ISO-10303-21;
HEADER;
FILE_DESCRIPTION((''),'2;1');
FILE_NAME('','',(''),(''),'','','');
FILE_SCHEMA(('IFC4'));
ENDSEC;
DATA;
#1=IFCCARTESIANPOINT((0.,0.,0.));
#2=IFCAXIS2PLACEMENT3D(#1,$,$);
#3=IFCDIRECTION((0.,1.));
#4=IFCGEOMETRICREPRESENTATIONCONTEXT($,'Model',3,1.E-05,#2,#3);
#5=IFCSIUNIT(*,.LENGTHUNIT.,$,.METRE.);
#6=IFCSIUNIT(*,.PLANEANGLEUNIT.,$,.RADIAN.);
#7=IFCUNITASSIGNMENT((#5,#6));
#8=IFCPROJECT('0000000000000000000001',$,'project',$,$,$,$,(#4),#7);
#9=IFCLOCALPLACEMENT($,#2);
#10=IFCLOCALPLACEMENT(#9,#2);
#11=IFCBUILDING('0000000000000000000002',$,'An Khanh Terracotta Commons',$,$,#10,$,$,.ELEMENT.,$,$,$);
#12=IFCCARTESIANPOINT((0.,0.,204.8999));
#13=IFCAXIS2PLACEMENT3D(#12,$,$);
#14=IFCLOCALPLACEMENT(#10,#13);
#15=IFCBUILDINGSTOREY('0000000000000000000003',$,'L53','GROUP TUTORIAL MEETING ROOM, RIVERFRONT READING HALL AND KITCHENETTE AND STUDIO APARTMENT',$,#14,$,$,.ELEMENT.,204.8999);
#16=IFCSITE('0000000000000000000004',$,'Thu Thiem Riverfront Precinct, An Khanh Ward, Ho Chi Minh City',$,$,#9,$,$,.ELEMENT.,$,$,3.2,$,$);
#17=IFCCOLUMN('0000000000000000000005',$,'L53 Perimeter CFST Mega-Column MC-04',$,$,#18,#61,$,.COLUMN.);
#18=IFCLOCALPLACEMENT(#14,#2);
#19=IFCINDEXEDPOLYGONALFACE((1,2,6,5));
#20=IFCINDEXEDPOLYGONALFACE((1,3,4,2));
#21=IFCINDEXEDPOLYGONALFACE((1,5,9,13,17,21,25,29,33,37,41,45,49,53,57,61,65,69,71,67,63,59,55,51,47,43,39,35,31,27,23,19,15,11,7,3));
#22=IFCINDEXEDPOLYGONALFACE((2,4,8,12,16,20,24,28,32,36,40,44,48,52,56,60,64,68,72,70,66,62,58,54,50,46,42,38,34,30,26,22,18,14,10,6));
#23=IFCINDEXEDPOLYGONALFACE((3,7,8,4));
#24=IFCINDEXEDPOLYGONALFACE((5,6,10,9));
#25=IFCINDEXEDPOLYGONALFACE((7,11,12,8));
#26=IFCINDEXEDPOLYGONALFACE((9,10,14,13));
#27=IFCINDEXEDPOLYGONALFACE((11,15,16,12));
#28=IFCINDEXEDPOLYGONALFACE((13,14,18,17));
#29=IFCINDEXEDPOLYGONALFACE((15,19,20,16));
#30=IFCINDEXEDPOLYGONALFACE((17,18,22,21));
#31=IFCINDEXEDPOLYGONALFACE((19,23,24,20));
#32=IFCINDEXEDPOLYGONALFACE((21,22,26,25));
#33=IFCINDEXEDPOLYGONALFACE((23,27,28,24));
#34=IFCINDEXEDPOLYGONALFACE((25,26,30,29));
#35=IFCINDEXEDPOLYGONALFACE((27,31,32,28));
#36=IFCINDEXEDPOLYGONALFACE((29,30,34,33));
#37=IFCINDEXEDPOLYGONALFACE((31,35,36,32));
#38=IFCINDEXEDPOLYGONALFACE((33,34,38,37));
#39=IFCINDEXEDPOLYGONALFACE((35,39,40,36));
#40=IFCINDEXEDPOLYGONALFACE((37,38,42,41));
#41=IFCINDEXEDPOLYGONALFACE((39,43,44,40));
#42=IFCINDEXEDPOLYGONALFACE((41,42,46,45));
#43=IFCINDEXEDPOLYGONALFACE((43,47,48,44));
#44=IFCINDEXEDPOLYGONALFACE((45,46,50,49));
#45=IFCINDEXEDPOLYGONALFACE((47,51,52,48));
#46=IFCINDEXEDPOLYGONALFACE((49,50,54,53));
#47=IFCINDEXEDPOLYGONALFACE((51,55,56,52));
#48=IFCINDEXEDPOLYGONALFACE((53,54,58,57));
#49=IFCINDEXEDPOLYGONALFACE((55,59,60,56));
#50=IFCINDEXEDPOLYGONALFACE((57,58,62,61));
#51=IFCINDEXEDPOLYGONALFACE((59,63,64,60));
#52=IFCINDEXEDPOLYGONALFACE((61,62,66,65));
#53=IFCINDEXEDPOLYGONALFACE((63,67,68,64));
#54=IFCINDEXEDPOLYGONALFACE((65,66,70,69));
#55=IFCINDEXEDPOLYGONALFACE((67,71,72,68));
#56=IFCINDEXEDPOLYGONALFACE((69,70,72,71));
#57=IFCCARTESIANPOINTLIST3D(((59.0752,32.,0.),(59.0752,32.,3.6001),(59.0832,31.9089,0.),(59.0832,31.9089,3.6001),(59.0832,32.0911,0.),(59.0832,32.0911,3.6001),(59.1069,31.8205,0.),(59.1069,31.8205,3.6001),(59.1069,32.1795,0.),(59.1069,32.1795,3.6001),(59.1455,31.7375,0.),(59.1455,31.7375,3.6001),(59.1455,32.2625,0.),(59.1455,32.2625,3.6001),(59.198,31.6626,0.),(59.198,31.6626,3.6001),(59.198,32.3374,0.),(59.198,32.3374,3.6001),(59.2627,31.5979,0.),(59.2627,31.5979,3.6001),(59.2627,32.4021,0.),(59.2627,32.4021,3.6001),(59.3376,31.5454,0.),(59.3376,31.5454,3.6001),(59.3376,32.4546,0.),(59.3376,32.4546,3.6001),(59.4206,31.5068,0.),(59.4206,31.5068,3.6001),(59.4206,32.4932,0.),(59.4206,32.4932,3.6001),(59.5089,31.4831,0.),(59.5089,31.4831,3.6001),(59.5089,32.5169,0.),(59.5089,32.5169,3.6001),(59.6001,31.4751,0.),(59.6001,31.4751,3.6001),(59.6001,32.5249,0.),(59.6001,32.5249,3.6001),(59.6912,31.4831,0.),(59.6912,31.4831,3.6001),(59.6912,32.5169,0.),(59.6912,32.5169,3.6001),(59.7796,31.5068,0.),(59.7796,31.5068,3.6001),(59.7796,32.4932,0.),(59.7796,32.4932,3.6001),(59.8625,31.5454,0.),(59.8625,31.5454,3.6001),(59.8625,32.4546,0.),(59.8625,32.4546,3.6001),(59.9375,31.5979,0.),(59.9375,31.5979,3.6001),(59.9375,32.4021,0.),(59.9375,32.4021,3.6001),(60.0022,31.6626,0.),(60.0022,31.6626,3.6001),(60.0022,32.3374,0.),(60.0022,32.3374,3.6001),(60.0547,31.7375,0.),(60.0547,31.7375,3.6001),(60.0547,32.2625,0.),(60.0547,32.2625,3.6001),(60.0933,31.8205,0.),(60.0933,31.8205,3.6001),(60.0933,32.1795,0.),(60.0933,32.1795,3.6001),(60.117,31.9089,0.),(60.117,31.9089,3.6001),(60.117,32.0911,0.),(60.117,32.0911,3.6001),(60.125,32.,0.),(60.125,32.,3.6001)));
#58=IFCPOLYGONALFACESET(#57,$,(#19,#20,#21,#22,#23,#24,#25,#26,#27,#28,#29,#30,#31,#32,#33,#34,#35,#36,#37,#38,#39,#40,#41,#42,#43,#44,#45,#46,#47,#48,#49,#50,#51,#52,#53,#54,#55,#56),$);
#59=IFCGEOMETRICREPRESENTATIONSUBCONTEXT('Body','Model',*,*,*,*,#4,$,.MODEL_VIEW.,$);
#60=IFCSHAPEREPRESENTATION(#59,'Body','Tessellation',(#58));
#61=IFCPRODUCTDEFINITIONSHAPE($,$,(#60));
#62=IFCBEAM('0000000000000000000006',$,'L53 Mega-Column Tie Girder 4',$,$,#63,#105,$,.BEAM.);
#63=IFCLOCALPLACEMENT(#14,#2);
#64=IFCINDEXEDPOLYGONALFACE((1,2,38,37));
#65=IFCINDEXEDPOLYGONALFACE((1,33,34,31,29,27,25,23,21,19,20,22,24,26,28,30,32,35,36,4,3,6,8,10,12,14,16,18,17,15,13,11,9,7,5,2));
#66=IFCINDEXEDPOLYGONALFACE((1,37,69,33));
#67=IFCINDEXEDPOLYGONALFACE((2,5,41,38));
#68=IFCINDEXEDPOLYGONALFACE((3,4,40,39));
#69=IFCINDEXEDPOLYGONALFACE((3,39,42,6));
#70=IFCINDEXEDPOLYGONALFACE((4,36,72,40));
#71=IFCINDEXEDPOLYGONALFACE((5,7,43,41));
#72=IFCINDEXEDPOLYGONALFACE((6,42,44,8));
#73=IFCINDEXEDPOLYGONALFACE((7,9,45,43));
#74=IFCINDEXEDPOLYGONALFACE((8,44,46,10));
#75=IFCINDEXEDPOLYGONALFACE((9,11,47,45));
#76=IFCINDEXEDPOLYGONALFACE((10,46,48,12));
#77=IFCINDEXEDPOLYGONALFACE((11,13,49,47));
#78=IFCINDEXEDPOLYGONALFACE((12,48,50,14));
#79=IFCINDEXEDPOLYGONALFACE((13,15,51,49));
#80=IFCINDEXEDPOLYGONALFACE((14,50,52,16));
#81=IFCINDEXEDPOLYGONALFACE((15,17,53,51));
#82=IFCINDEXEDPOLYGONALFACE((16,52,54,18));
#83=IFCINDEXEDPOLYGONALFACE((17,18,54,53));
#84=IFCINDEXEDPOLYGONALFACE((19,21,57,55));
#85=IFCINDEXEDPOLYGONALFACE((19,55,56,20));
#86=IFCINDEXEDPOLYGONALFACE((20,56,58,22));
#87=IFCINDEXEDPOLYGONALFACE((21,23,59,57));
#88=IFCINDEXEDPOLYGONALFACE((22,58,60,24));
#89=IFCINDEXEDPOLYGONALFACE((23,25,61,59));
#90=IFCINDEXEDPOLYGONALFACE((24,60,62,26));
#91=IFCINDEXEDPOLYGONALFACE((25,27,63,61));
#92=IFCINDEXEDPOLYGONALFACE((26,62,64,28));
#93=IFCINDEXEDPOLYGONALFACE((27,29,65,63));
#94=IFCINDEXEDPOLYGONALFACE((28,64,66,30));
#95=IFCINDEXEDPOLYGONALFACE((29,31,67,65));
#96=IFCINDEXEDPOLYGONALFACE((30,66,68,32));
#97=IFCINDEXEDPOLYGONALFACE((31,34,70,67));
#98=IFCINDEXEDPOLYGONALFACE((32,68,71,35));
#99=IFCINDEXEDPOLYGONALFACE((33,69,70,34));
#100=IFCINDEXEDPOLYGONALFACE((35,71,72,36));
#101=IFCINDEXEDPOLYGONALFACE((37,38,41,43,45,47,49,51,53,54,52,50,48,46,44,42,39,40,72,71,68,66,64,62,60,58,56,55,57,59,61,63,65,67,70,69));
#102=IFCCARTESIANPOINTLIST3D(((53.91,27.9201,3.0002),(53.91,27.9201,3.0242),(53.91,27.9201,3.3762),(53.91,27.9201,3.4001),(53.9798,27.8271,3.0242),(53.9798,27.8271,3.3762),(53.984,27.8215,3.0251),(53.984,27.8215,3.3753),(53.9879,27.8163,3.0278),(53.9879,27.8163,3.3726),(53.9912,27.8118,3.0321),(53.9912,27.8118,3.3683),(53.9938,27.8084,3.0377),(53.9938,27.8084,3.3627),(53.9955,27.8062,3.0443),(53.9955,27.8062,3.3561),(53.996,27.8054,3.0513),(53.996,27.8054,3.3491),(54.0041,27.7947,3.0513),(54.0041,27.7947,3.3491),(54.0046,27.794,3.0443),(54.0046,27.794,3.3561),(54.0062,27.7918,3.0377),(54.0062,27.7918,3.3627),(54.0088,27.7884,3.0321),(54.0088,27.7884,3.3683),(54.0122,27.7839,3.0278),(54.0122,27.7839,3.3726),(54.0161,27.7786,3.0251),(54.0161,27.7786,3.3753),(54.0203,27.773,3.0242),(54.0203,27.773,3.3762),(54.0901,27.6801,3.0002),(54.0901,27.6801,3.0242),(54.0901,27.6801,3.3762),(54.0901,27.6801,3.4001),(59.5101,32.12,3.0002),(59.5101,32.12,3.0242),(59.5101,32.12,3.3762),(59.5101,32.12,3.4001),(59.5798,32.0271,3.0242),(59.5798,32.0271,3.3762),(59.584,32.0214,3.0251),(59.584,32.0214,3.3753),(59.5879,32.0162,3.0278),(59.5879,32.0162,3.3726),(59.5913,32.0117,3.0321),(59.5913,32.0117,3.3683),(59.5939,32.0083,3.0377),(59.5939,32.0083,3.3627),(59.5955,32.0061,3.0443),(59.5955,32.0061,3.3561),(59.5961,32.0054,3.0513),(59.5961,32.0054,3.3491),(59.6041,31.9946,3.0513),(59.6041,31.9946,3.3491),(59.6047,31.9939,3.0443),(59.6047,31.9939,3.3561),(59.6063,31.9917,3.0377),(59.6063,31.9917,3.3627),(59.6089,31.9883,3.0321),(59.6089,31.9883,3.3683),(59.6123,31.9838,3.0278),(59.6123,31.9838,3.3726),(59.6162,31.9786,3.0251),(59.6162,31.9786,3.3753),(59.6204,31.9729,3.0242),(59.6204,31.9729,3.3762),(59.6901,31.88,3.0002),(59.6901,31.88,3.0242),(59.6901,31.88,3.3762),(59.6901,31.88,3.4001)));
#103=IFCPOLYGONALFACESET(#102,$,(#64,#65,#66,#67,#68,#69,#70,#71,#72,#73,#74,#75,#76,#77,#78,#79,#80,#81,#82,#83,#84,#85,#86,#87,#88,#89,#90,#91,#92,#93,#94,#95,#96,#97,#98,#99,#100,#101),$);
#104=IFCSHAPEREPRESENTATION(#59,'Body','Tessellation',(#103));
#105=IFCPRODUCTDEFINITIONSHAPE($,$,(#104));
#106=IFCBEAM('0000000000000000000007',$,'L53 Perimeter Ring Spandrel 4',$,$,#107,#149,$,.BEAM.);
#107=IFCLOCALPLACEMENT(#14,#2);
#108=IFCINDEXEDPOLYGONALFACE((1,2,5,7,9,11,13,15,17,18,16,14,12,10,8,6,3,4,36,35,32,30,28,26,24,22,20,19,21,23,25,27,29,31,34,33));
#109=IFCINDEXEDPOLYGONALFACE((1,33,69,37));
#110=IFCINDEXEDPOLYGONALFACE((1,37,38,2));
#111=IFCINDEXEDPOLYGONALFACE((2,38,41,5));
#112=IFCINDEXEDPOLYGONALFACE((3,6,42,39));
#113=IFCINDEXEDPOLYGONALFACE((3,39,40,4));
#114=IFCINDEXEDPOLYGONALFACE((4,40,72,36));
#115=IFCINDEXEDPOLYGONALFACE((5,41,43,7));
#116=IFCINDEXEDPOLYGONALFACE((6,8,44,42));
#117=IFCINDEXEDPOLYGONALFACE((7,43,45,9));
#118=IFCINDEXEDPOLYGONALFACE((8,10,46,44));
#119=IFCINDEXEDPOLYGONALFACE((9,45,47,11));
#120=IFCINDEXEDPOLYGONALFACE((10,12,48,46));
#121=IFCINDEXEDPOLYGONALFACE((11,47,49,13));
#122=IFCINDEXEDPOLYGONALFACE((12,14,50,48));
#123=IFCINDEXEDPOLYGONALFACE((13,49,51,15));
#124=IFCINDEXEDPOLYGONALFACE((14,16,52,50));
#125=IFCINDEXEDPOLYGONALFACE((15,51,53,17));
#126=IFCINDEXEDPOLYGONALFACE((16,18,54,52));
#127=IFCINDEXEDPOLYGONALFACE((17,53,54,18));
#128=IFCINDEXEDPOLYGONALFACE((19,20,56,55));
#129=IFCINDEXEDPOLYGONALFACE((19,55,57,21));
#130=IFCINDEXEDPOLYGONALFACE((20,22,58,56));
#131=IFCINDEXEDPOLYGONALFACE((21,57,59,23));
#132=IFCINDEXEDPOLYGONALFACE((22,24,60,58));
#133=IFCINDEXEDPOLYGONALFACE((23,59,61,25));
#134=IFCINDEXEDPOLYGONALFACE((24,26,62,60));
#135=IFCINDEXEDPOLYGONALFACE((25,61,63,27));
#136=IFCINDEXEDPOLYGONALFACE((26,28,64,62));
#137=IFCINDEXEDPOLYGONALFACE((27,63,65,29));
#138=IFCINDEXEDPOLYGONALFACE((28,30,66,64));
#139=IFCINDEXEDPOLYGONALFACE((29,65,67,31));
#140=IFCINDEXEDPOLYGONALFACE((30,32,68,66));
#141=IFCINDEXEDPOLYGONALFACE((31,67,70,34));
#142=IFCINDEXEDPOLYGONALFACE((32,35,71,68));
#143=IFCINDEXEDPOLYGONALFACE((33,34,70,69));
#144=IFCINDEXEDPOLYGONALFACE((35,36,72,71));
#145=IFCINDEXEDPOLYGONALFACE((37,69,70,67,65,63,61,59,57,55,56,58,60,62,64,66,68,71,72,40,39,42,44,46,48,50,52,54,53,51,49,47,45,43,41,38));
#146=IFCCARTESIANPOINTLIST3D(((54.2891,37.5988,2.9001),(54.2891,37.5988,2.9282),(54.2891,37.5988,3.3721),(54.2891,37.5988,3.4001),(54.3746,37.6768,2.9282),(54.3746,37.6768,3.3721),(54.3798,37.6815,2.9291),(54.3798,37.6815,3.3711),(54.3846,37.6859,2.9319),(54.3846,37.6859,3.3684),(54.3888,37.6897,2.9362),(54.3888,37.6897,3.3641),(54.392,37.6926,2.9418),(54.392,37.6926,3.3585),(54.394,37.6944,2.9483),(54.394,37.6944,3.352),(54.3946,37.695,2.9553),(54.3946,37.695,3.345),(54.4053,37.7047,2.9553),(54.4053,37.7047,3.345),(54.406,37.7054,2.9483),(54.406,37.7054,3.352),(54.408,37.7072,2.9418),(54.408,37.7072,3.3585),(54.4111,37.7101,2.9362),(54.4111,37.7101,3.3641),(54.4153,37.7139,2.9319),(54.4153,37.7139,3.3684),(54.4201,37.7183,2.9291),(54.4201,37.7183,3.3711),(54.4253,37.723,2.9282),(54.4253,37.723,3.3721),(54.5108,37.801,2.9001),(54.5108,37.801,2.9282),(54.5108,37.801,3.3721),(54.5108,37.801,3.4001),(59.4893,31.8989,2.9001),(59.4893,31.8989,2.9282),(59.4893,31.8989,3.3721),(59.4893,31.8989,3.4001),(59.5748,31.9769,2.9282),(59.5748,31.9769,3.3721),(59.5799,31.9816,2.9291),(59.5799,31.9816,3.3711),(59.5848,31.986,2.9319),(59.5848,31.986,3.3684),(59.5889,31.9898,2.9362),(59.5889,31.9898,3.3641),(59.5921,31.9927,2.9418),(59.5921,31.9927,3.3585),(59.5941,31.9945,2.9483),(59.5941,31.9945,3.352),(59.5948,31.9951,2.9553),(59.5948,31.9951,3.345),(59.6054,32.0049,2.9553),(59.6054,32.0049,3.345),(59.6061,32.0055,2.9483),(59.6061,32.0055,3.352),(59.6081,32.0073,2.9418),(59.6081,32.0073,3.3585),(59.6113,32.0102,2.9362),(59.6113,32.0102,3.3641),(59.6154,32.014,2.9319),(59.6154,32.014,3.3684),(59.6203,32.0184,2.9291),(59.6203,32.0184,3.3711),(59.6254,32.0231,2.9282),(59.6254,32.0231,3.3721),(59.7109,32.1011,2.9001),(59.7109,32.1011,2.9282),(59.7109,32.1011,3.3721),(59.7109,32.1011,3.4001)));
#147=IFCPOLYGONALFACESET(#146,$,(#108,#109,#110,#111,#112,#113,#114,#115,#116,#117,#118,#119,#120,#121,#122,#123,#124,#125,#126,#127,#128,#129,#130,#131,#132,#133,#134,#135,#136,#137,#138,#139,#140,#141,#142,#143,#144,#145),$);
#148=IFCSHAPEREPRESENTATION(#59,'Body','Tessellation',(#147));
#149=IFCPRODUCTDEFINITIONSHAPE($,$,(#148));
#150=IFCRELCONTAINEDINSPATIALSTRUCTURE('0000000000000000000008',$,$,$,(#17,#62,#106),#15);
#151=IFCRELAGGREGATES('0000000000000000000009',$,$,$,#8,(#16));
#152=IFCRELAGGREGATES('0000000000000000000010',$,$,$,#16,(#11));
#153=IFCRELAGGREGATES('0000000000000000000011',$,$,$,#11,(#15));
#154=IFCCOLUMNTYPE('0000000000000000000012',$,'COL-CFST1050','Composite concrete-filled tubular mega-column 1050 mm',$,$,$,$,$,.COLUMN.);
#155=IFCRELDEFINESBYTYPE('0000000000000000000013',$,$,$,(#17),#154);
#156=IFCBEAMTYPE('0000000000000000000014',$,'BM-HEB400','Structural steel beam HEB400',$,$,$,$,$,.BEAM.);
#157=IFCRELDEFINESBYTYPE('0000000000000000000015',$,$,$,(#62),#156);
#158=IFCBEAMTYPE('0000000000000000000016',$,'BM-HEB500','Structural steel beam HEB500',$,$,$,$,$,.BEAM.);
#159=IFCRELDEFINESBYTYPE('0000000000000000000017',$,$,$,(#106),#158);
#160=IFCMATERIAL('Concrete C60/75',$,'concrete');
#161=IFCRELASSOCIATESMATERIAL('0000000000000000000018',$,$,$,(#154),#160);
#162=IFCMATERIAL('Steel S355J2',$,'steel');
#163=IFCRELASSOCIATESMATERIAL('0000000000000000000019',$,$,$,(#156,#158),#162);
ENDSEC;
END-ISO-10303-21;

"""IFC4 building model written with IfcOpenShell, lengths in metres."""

from ifc_helpers import new_model, si_unit, direction, frame, origin, origin_2d, place, context, subcontext, project, spatial, circle, i_section, extrude, material, material_profile, profile_set, type_object, element, save


model = new_model("IFC4")

# Units and contexts
model_context = context("Model", 3, precision=1e-05, world=origin(), true_north=direction((0.0, 1.0)))
body_context = subcontext(model_context, "Body", "Model", "MODEL_VIEW")
ifc_project = project(units=[si_unit("LENGTHUNIT", "METRE"), si_unit("PLANEANGLEUNIT", "RADIAN")], contexts=[model_context])

# Site, building, storey
site_placement = place(None, origin())
site = spatial("IfcSite", under=ifc_project, at=site_placement, Name="Thu Thiem Riverfront Precinct, An Khanh Ward, Ho Chi Minh City", CompositionType="ELEMENT", RefElevation=3.2)
building_placement = place(site_placement, origin())
building = spatial("IfcBuilding", under=site, at=building_placement, Name="An Khanh Terracotta Commons", CompositionType="ELEMENT")
storey_placement = place(building_placement, frame((0.0, 0.0, 204.8999)))
storey = spatial("IfcBuildingStorey", under=building, at=storey_placement, Name="L53", Description="GROUP TUTORIAL MEETING ROOM, RIVERFRONT READING HALL AND KITCHENETTE AND STUDIO APARTMENT", CompositionType="ELEMENT", Elevation=204.8999)

# Column
ifc_material_1 = material(Name="Concrete C60/75", Category="concrete")
ifc_material_profile_1 = material_profile(ifc_material_1, circle(Radius=0.5249, at=origin_2d()), Name="CFST1050")
ifc_profile_set_1 = profile_set([ifc_material_profile_1], Name="Concrete C60/75")
column_type = type_object("IfcColumnType", Name="COL-CFST1050", Description="Composite concrete-filled tubular mega-column 1050 mm", PredefinedType="COLUMN", material=ifc_profile_set_1)
column_placement = place(storey_placement, frame((59.6001, 32.0, 0.0), z_axis=(0.0, 0.0, 1.0), x_axis=(1.0, 0.0, 0.0)))
element("IfcColumn", 1, at=column_placement, inside=storey, type_object=column_type, Name="L53 Perimeter CFST Mega-Column MC-04", PredefinedType="COLUMN", context=body_context, shape_type="SweptSolid", body=[
    extrude(circle(Radius=0.5249, at=origin_2d()), origin(), (0.0, 0.0, 1.0), 3.6001),
])

# Beams
ifc_material_2 = material(Name="Steel S355J2", Category="steel")
ifc_material_profile_2 = material_profile(ifc_material_2, i_section(OverallWidth=0.3, OverallDepth=0.3999, WebThickness=0.0134, FlangeThickness=0.0239, FilletRadius=0.0271, at=origin_2d()), Name="HEB400")
ifc_profile_set_2 = profile_set([ifc_material_profile_2], Name="Steel S355J2")
beam_type_1 = type_object("IfcBeamType", Name="BM-HEB400", Description="Structural steel beam HEB400", PredefinedType="BEAM", material=ifc_profile_set_2)
beam_1_placement = place(storey_placement, frame((59.6001, 32.0, 3.2002), z_axis=(-0.800008, -0.599989, 0.0), x_axis=(0.599989, -0.800008, 0.0)))
element("IfcBeam", 2, at=beam_1_placement, inside=storey, type_object=beam_type_1, Name="L53 Mega-Column Tie Girder 4", PredefinedType="BEAM", context=body_context, shape_type="SweptSolid", body=[
    extrude(i_section(OverallWidth=0.3, OverallDepth=0.3999, WebThickness=0.0134, FlangeThickness=0.0239, FilletRadius=0.0271, at=origin_2d()), origin(), (0.0, 0.0, 1.0), 7.0),
])
ifc_material_profile_3 = material_profile(ifc_material_2, i_section(OverallWidth=0.3, OverallDepth=0.5, WebThickness=0.0144, FlangeThickness=0.0281, FilletRadius=0.0271, at=origin_2d()), Name="HEB500")
ifc_profile_set_3 = profile_set([ifc_material_profile_3], Name="Steel S355J2")
beam_type_2 = type_object("IfcBeamType", Name="BM-HEB500", Description="Structural steel beam HEB500", PredefinedType="BEAM", material=ifc_profile_set_3)
beam_2_placement = place(storey_placement, frame((59.6001, 32.0, 3.1501), z_axis=(-0.673979, 0.738751, 0.0), x_axis=(-0.738751, -0.673979, 0.0)))
element("IfcBeam", 3, at=beam_2_placement, inside=storey, type_object=beam_type_2, Name="L53 Perimeter Ring Spandrel 4", PredefinedType="BEAM", context=body_context, shape_type="SweptSolid", body=[
    extrude(i_section(OverallWidth=0.3, OverallDepth=0.5, WebThickness=0.0144, FlangeThickness=0.0281, FilletRadius=0.0271, at=origin_2d()), origin(), (0.0, 0.0, 1.0), 7.7156),
])

save(model, "model.ifc")
